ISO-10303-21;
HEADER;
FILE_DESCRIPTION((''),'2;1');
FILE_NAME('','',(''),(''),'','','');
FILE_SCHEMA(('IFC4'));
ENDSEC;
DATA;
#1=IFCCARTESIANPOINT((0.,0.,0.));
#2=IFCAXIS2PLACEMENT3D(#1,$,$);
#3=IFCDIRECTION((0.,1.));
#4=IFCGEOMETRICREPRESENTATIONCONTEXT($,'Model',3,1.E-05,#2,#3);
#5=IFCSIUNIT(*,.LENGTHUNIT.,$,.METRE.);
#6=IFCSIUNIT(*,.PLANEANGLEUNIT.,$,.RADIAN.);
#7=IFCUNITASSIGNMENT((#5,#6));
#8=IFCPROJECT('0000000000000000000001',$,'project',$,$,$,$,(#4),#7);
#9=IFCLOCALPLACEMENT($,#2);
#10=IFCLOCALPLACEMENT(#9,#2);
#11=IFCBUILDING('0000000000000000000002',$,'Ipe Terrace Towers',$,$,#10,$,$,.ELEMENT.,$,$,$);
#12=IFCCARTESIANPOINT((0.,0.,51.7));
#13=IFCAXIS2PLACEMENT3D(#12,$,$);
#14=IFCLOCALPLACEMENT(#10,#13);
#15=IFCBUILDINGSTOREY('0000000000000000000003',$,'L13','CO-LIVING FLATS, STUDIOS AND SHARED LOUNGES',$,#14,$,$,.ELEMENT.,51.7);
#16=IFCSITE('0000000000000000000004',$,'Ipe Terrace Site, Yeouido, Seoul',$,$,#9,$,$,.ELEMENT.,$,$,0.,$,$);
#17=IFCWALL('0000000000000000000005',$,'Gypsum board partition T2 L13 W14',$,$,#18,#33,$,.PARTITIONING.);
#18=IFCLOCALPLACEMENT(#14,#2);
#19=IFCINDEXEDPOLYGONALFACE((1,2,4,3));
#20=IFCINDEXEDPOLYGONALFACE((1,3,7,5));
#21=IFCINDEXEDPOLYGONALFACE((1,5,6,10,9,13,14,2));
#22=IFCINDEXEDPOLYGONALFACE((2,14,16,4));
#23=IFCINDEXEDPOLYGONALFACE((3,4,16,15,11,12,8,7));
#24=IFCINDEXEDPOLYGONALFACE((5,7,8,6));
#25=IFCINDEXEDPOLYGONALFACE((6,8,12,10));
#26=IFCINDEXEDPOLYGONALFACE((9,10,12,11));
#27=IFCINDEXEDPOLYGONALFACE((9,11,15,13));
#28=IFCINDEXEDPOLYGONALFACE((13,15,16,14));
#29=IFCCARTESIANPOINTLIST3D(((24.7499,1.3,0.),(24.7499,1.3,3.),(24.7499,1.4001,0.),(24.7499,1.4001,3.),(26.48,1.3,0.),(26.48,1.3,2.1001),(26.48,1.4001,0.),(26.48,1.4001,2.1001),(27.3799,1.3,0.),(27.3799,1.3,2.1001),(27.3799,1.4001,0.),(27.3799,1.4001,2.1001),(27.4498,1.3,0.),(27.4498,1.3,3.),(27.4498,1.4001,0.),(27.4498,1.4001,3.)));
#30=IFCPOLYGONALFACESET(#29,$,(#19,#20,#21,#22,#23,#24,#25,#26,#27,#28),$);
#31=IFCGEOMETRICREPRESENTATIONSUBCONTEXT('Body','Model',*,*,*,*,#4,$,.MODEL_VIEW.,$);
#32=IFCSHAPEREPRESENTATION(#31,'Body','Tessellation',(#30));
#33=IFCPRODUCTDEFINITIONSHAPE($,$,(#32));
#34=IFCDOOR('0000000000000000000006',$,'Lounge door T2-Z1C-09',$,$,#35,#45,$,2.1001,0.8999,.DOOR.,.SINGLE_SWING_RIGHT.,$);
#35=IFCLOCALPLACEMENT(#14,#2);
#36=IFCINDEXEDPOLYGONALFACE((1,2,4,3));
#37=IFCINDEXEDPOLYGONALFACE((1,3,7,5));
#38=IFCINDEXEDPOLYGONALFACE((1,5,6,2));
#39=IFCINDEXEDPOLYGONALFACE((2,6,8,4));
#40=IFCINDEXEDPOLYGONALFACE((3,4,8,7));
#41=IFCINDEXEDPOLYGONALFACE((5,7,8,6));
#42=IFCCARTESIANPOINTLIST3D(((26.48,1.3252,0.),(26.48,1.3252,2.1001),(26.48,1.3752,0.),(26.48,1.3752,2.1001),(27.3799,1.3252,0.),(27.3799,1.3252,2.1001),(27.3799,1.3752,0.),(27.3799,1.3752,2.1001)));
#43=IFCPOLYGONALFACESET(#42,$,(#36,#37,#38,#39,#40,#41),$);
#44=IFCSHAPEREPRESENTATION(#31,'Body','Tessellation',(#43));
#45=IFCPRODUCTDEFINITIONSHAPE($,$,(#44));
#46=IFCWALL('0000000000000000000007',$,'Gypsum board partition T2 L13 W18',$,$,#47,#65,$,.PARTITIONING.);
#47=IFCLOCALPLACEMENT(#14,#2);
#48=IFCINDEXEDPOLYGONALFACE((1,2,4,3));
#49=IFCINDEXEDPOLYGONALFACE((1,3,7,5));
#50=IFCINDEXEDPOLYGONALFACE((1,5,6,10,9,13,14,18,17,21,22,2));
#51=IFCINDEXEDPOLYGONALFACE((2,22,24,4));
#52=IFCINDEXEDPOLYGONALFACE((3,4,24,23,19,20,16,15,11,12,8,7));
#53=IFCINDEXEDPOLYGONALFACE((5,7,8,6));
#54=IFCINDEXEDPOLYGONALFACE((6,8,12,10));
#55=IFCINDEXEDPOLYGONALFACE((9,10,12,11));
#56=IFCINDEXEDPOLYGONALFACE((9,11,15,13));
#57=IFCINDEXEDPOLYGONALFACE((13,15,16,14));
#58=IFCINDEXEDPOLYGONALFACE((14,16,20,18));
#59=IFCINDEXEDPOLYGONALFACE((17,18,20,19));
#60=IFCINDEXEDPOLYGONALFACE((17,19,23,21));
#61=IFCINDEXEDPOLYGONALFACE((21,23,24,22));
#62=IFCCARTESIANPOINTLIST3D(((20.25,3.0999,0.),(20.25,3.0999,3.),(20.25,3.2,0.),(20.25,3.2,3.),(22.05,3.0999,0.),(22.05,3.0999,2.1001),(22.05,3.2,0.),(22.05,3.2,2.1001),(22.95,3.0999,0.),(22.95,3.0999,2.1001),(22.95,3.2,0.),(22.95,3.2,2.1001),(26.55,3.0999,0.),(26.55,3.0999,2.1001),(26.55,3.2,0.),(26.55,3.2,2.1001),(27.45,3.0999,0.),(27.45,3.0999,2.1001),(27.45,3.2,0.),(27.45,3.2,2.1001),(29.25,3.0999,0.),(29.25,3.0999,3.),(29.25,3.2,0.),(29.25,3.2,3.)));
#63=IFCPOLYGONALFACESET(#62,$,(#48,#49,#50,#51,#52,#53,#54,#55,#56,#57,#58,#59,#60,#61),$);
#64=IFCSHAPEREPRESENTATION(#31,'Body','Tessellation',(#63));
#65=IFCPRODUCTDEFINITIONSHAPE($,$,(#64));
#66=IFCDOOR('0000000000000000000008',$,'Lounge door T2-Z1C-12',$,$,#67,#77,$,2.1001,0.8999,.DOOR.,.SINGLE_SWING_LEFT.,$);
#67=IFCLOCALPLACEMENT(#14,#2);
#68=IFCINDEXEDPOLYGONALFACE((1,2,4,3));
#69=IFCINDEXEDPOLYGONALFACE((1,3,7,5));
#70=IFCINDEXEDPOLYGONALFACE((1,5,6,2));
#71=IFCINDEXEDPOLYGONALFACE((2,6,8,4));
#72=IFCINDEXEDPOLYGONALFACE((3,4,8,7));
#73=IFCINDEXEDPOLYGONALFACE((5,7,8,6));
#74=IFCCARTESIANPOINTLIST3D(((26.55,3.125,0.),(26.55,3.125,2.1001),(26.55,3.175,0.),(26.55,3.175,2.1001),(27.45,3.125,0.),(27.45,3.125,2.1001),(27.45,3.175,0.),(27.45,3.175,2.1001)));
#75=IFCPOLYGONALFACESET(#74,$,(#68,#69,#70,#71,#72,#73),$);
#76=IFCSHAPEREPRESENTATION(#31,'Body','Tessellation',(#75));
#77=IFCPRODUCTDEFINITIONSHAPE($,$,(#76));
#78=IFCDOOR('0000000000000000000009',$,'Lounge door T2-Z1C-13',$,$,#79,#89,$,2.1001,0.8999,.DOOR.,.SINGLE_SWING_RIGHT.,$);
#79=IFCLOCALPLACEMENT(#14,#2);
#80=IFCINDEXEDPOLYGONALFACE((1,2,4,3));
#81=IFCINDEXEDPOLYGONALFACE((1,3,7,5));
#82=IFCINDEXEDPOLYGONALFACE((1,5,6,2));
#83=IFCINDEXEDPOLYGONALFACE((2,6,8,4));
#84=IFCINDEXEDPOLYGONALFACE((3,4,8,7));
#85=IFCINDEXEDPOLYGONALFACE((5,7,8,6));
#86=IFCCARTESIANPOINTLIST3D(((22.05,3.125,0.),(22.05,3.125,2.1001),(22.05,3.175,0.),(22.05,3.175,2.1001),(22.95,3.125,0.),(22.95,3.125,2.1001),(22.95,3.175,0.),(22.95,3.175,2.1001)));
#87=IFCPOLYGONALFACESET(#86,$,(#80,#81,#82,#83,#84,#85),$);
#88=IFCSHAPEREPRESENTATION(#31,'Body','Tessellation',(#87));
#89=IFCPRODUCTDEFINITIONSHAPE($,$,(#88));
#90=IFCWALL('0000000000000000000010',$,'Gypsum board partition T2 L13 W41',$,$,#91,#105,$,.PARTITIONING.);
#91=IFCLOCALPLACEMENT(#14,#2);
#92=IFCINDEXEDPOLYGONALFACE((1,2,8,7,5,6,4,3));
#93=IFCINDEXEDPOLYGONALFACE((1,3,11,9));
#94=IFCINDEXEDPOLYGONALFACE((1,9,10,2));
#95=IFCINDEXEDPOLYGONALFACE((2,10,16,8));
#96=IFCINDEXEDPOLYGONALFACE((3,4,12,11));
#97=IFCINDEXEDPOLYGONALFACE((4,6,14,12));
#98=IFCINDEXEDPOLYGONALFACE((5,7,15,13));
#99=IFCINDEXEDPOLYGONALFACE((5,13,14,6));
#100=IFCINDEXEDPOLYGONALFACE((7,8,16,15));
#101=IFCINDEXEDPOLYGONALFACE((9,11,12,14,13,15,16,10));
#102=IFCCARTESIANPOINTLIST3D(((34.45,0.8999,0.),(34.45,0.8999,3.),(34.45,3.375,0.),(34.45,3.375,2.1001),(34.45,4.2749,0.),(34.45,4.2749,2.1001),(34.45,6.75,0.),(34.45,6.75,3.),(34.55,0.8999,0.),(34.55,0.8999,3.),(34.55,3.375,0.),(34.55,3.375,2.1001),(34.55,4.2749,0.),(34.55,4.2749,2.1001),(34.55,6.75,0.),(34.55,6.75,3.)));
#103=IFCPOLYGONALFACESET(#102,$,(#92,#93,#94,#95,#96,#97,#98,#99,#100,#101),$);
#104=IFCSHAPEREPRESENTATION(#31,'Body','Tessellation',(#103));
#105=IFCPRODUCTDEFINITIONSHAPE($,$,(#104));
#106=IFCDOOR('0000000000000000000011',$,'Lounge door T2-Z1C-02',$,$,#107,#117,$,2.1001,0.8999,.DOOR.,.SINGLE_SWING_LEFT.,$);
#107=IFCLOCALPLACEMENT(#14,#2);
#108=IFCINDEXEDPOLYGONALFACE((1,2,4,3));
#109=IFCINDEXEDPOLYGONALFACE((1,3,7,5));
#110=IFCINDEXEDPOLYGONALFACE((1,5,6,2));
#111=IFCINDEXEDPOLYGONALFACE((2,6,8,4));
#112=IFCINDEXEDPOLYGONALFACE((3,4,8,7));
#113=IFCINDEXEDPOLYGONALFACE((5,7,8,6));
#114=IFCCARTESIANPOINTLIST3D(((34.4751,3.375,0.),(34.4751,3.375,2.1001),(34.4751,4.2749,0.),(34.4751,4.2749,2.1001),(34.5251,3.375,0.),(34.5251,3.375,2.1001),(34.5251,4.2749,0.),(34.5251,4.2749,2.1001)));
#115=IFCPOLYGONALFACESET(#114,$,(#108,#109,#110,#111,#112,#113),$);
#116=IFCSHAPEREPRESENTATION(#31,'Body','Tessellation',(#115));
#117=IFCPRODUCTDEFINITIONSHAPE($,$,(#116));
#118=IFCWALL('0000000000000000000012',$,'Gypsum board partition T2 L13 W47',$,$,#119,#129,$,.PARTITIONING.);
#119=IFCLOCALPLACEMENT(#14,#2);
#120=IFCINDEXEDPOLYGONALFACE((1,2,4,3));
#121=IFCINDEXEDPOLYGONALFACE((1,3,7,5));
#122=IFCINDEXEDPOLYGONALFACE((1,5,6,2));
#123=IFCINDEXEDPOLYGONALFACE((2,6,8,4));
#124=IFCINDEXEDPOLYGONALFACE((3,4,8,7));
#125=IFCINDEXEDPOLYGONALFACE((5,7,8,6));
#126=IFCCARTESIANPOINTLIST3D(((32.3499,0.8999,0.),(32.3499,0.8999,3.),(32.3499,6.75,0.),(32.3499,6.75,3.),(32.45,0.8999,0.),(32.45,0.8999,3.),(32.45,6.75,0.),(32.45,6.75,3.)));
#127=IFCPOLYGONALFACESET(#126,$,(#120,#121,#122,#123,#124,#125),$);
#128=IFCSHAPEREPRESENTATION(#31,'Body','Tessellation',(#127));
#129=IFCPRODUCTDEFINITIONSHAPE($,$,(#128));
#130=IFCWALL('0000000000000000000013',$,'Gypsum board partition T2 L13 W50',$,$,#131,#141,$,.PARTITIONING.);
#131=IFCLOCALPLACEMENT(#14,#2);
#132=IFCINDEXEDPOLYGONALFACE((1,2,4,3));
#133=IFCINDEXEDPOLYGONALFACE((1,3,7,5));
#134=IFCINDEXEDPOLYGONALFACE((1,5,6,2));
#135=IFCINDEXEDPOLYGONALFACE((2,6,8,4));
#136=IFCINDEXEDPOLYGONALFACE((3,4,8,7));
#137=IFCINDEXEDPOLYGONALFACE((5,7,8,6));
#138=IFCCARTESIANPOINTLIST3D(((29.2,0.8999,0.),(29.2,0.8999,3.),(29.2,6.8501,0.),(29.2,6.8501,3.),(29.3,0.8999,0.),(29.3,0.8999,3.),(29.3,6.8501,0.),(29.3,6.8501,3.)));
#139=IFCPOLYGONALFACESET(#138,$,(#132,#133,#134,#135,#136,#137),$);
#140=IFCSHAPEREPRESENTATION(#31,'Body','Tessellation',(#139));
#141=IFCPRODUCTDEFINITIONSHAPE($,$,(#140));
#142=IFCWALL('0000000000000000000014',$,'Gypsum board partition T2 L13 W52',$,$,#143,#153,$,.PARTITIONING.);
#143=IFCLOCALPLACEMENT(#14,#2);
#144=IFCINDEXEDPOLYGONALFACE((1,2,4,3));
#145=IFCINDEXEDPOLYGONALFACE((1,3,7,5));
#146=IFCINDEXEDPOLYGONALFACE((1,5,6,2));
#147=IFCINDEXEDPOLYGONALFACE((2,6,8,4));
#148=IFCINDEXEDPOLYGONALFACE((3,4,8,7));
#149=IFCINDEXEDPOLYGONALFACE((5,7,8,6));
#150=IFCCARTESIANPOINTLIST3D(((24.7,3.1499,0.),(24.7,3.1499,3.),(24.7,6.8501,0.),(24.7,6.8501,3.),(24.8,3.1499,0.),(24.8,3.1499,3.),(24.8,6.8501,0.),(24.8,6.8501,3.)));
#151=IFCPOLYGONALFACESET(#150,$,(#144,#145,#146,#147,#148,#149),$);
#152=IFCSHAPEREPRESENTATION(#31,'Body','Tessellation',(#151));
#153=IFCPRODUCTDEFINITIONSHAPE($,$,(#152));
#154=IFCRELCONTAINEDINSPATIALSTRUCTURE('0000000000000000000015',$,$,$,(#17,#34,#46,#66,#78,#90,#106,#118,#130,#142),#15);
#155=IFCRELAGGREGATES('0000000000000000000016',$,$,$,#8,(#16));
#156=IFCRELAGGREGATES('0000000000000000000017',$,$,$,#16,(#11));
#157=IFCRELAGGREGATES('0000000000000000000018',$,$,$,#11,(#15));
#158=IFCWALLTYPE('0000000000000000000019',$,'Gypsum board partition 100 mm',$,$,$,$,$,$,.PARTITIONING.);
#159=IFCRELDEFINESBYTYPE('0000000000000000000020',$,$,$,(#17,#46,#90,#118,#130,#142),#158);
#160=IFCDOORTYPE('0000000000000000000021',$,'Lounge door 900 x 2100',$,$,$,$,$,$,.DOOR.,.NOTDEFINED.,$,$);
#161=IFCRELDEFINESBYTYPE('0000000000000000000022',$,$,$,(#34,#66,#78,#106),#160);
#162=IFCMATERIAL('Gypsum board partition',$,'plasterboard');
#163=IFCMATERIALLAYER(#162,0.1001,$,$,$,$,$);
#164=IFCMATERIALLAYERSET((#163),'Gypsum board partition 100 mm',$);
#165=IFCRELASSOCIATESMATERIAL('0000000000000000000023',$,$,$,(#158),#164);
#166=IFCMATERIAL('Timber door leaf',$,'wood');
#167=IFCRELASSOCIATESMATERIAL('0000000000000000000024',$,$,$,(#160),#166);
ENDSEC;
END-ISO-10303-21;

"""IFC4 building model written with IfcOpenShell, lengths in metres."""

from ifc_helpers import new_model, si_unit, direction, frame, frame_2d, origin, place, context, subcontext, project, spatial, rectangle, extrude, material, layer, layer_set, type_object, element, fill, save


model = new_model("IFC4")

# Units and contexts
model_context = context("Model", 3, precision=1e-05, world=origin(), true_north=direction((0.0, 1.0)))
body_context = subcontext(model_context, "Body", "Model", "MODEL_VIEW")
ifc_project = project(units=[si_unit("LENGTHUNIT", "METRE"), si_unit("PLANEANGLEUNIT", "RADIAN")], contexts=[model_context])

# Site, building, storey
site_placement = place(None, origin())
site = spatial("IfcSite", under=ifc_project, at=site_placement, Name="Ipe Terrace Site, Yeouido, Seoul", CompositionType="ELEMENT", RefElevation=0.0)
building_placement = place(site_placement, origin())
building = spatial("IfcBuilding", under=site, at=building_placement, Name="Ipe Terrace Towers", CompositionType="ELEMENT")
storey_placement = place(building_placement, frame((0.0, 0.0, 51.7)))
storey = spatial("IfcBuildingStorey", under=building, at=storey_placement, Name="L13", Description="CO-LIVING FLATS, STUDIOS AND SHARED LOUNGES", CompositionType="ELEMENT", Elevation=51.7)

# Wall, opening, door
ifc_material_1 = material(Name="Gypsum board partition", Category="plasterboard")
ifc_layer_1 = layer(ifc_material_1, 0.1001)
ifc_layer_set_1 = layer_set([ifc_layer_1], Name="Gypsum board partition 100 mm")
wall_type_1 = type_object("IfcWallType", Name="Gypsum board partition 100 mm", PredefinedType="PARTITIONING", material=ifc_layer_set_1)
ifc_material_2 = material(Name="Timber door leaf", Category="wood")
door_type_1 = type_object("IfcDoorType", Name="Lounge door 900 x 2100", OperationType="NOTDEFINED", PredefinedType="DOOR", material=ifc_material_2)
wall_1_placement = place(storey_placement, frame((27.45, 1.3501, 0.0), z_axis=(0.0, 0.0, 1.0), x_axis=(-1.0, 0.0, 0.0)))
wall_1 = element("IfcWall", 1, at=wall_1_placement, inside=storey, type_object=wall_type_1, Name="Gypsum board partition T2 L13 W14", PredefinedType="PARTITIONING", context=body_context, shape_type="SweptSolid", body=[
    extrude(rectangle(XDim=2.7, YDim=0.1001, at=frame_2d((1.3501, 0.0))), origin(), (0.0, 0.0, 1.0), 3.0),
])
opening_1_placement = place(wall_1_placement, frame((0.0701, 0.0, 0.0)))
opening_1 = element("IfcOpeningElement", 2, at=opening_1_placement, cuts=wall_1, PredefinedType="OPENING", context=body_context, shape_type="SweptSolid", body=[
    extrude(rectangle(XDim=0.8999, YDim=2.1001, at=frame_2d((0.45, 1.05))), frame((0.0, 0.0601, 0.0), z_axis=(0.0, -1.0, 0.0), x_axis=(1.0, 0.0, 0.0)), (0.0, 0.0, 1.0), 0.1201),
])
door_1_placement = place(opening_1_placement, origin())
door_1 = element("IfcDoor", 3, at=door_1_placement, inside=storey, type_object=door_type_1, Name="Lounge door T2-Z1C-09", OperationType="SINGLE_SWING_RIGHT", OverallHeight=2.1001, OverallWidth=0.8999, PredefinedType="DOOR", context=body_context, shape_type="SweptSolid", body=[
    extrude(rectangle(XDim=0.8999, YDim=2.1001, at=frame_2d((0.45, 1.05))), frame((0.0, 0.0249, 0.0), z_axis=(0.0, -1.0, 0.0), x_axis=(1.0, 0.0, 0.0)), (0.0, 0.0, 1.0), 0.05),
])
fill(opening_1, door_1)

# Wall, openings, doors
wall_2_placement = place(storey_placement, frame((29.25, 3.1499, 0.0), z_axis=(0.0, 0.0, 1.0), x_axis=(-1.0, 0.0, 0.0)))
wall_2 = element("IfcWall", 4, at=wall_2_placement, inside=storey, type_object=wall_type_1, Name="Gypsum board partition T2 L13 W18", PredefinedType="PARTITIONING", context=body_context, shape_type="SweptSolid", body=[
    extrude(rectangle(XDim=9.0, YDim=0.1001, at=frame_2d((4.5, 0.0))), origin(), (0.0, 0.0, 1.0), 3.0),
])
opening_2_placement = place(wall_2_placement, frame((1.8, 0.0, 0.0)))
opening_2 = element("IfcOpeningElement", 5, at=opening_2_placement, cuts=wall_2, PredefinedType="OPENING", context=body_context, shape_type="SweptSolid", body=[
    extrude(rectangle(XDim=0.8999, YDim=2.1001, at=frame_2d((0.45, 1.05))), frame((0.0, 0.0601, 0.0), z_axis=(0.0, -1.0, 0.0), x_axis=(1.0, 0.0, 0.0)), (0.0, 0.0, 1.0), 0.1201),
])
opening_3_placement = place(wall_2_placement, frame((6.3, 0.0, 0.0)))
opening_3 = element("IfcOpeningElement", 6, at=opening_3_placement, cuts=wall_2, PredefinedType="OPENING", context=body_context, shape_type="SweptSolid", body=[
    extrude(rectangle(XDim=0.8999, YDim=2.1001, at=frame_2d((0.45, 1.05))), frame((0.0, 0.0601, 0.0), z_axis=(0.0, -1.0, 0.0), x_axis=(1.0, 0.0, 0.0)), (0.0, 0.0, 1.0), 0.1201),
])
door_2_placement = place(opening_2_placement, origin())
door_2 = element("IfcDoor", 7, at=door_2_placement, inside=storey, type_object=door_type_1, Name="Lounge door T2-Z1C-12", OperationType="SINGLE_SWING_LEFT", OverallHeight=2.1001, OverallWidth=0.8999, PredefinedType="DOOR", context=body_context, shape_type="SweptSolid", body=[
    extrude(rectangle(XDim=0.8999, YDim=2.1001, at=frame_2d((0.45, 1.05))), frame((0.0, 0.0249, 0.0), z_axis=(0.0, -1.0, 0.0), x_axis=(1.0, 0.0, 0.0)), (0.0, 0.0, 1.0), 0.05),
])
fill(opening_2, door_2)
door_3_placement = place(opening_3_placement, origin())
door_3 = element("IfcDoor", 8, at=door_3_placement, inside=storey, type_object=door_type_1, Name="Lounge door T2-Z1C-13", OperationType="SINGLE_SWING_RIGHT", OverallHeight=2.1001, OverallWidth=0.8999, PredefinedType="DOOR", context=body_context, shape_type="SweptSolid", body=[
    extrude(rectangle(XDim=0.8999, YDim=2.1001, at=frame_2d((0.45, 1.05))), frame((0.0, 0.0249, 0.0), z_axis=(0.0, -1.0, 0.0), x_axis=(1.0, 0.0, 0.0)), (0.0, 0.0, 1.0), 0.05),
])
fill(opening_3, door_3)

# Wall, opening, door
wall_3_placement = place(storey_placement, frame((34.5, 0.8999, 0.0), z_axis=(0.0, 0.0, 1.0), x_axis=(0.0, 1.0, 0.0)))
wall_3 = element("IfcWall", 9, at=wall_3_placement, inside=storey, type_object=wall_type_1, Name="Gypsum board partition T2 L13 W41", PredefinedType="PARTITIONING", context=body_context, shape_type="SweptSolid", body=[
    extrude(rectangle(XDim=5.8501, YDim=0.1001, at=frame_2d((2.925, 0.0))), origin(), (0.0, 0.0, 1.0), 3.0),
])
opening_4_placement = place(wall_3_placement, frame((2.4751, 0.0, 0.0)))
opening_4 = element("IfcOpeningElement", 10, at=opening_4_placement, cuts=wall_3, PredefinedType="OPENING", context=body_context, shape_type="SweptSolid", body=[
    extrude(rectangle(XDim=0.8999, YDim=2.1001, at=frame_2d((0.45, 1.05))), frame((0.0, 0.0601, 0.0), z_axis=(0.0, -1.0, 0.0), x_axis=(1.0, 0.0, 0.0)), (0.0, 0.0, 1.0), 0.1201),
])
door_4_placement = place(opening_4_placement, origin())
door_4 = element("IfcDoor", 11, at=door_4_placement, inside=storey, type_object=door_type_1, Name="Lounge door T2-Z1C-02", OperationType="SINGLE_SWING_LEFT", OverallHeight=2.1001, OverallWidth=0.8999, PredefinedType="DOOR", context=body_context, shape_type="SweptSolid", body=[
    extrude(rectangle(XDim=0.8999, YDim=2.1001, at=frame_2d((0.45, 1.05))), frame((0.0, 0.0249, 0.0), z_axis=(0.0, -1.0, 0.0), x_axis=(1.0, 0.0, 0.0)), (0.0, 0.0, 1.0), 0.05),
])
fill(opening_4, door_4)

# Walls
wall_4_placement = place(storey_placement, frame((32.3999, 0.8999, 0.0), z_axis=(0.0, 0.0, 1.0), x_axis=(0.0, 1.0, 0.0)))
element("IfcWall", 12, at=wall_4_placement, inside=storey, type_object=wall_type_1, Name="Gypsum board partition T2 L13 W47", PredefinedType="PARTITIONING", context=body_context, shape_type="SweptSolid", body=[
    extrude(rectangle(XDim=5.8501, YDim=0.1001, at=frame_2d((2.925, 0.0))), origin(), (0.0, 0.0, 1.0), 3.0),
])
wall_5_placement = place(storey_placement, frame((29.25, 0.8999, 0.0), z_axis=(0.0, 0.0, 1.0), x_axis=(0.0, 1.0, 0.0)))
element("IfcWall", 13, at=wall_5_placement, inside=storey, type_object=wall_type_1, Name="Gypsum board partition T2 L13 W50", PredefinedType="PARTITIONING", context=body_context, shape_type="SweptSolid", body=[
    extrude(rectangle(XDim=5.9502, YDim=0.1001, at=frame_2d((2.9751, 0.0))), origin(), (0.0, 0.0, 1.0), 3.0),
])
wall_6_placement = place(storey_placement, frame((24.75, 3.1499, 0.0), z_axis=(0.0, 0.0, 1.0), x_axis=(0.0, 1.0, 0.0)))
element("IfcWall", 14, at=wall_6_placement, inside=storey, type_object=wall_type_1, Name="Gypsum board partition T2 L13 W52", PredefinedType="PARTITIONING", context=body_context, shape_type="SweptSolid", body=[
    extrude(rectangle(XDim=3.7002, YDim=0.1001, at=frame_2d((1.8501, 0.0))), origin(), (0.0, 0.0, 1.0), 3.0),
])

save(model, "model.ifc")
